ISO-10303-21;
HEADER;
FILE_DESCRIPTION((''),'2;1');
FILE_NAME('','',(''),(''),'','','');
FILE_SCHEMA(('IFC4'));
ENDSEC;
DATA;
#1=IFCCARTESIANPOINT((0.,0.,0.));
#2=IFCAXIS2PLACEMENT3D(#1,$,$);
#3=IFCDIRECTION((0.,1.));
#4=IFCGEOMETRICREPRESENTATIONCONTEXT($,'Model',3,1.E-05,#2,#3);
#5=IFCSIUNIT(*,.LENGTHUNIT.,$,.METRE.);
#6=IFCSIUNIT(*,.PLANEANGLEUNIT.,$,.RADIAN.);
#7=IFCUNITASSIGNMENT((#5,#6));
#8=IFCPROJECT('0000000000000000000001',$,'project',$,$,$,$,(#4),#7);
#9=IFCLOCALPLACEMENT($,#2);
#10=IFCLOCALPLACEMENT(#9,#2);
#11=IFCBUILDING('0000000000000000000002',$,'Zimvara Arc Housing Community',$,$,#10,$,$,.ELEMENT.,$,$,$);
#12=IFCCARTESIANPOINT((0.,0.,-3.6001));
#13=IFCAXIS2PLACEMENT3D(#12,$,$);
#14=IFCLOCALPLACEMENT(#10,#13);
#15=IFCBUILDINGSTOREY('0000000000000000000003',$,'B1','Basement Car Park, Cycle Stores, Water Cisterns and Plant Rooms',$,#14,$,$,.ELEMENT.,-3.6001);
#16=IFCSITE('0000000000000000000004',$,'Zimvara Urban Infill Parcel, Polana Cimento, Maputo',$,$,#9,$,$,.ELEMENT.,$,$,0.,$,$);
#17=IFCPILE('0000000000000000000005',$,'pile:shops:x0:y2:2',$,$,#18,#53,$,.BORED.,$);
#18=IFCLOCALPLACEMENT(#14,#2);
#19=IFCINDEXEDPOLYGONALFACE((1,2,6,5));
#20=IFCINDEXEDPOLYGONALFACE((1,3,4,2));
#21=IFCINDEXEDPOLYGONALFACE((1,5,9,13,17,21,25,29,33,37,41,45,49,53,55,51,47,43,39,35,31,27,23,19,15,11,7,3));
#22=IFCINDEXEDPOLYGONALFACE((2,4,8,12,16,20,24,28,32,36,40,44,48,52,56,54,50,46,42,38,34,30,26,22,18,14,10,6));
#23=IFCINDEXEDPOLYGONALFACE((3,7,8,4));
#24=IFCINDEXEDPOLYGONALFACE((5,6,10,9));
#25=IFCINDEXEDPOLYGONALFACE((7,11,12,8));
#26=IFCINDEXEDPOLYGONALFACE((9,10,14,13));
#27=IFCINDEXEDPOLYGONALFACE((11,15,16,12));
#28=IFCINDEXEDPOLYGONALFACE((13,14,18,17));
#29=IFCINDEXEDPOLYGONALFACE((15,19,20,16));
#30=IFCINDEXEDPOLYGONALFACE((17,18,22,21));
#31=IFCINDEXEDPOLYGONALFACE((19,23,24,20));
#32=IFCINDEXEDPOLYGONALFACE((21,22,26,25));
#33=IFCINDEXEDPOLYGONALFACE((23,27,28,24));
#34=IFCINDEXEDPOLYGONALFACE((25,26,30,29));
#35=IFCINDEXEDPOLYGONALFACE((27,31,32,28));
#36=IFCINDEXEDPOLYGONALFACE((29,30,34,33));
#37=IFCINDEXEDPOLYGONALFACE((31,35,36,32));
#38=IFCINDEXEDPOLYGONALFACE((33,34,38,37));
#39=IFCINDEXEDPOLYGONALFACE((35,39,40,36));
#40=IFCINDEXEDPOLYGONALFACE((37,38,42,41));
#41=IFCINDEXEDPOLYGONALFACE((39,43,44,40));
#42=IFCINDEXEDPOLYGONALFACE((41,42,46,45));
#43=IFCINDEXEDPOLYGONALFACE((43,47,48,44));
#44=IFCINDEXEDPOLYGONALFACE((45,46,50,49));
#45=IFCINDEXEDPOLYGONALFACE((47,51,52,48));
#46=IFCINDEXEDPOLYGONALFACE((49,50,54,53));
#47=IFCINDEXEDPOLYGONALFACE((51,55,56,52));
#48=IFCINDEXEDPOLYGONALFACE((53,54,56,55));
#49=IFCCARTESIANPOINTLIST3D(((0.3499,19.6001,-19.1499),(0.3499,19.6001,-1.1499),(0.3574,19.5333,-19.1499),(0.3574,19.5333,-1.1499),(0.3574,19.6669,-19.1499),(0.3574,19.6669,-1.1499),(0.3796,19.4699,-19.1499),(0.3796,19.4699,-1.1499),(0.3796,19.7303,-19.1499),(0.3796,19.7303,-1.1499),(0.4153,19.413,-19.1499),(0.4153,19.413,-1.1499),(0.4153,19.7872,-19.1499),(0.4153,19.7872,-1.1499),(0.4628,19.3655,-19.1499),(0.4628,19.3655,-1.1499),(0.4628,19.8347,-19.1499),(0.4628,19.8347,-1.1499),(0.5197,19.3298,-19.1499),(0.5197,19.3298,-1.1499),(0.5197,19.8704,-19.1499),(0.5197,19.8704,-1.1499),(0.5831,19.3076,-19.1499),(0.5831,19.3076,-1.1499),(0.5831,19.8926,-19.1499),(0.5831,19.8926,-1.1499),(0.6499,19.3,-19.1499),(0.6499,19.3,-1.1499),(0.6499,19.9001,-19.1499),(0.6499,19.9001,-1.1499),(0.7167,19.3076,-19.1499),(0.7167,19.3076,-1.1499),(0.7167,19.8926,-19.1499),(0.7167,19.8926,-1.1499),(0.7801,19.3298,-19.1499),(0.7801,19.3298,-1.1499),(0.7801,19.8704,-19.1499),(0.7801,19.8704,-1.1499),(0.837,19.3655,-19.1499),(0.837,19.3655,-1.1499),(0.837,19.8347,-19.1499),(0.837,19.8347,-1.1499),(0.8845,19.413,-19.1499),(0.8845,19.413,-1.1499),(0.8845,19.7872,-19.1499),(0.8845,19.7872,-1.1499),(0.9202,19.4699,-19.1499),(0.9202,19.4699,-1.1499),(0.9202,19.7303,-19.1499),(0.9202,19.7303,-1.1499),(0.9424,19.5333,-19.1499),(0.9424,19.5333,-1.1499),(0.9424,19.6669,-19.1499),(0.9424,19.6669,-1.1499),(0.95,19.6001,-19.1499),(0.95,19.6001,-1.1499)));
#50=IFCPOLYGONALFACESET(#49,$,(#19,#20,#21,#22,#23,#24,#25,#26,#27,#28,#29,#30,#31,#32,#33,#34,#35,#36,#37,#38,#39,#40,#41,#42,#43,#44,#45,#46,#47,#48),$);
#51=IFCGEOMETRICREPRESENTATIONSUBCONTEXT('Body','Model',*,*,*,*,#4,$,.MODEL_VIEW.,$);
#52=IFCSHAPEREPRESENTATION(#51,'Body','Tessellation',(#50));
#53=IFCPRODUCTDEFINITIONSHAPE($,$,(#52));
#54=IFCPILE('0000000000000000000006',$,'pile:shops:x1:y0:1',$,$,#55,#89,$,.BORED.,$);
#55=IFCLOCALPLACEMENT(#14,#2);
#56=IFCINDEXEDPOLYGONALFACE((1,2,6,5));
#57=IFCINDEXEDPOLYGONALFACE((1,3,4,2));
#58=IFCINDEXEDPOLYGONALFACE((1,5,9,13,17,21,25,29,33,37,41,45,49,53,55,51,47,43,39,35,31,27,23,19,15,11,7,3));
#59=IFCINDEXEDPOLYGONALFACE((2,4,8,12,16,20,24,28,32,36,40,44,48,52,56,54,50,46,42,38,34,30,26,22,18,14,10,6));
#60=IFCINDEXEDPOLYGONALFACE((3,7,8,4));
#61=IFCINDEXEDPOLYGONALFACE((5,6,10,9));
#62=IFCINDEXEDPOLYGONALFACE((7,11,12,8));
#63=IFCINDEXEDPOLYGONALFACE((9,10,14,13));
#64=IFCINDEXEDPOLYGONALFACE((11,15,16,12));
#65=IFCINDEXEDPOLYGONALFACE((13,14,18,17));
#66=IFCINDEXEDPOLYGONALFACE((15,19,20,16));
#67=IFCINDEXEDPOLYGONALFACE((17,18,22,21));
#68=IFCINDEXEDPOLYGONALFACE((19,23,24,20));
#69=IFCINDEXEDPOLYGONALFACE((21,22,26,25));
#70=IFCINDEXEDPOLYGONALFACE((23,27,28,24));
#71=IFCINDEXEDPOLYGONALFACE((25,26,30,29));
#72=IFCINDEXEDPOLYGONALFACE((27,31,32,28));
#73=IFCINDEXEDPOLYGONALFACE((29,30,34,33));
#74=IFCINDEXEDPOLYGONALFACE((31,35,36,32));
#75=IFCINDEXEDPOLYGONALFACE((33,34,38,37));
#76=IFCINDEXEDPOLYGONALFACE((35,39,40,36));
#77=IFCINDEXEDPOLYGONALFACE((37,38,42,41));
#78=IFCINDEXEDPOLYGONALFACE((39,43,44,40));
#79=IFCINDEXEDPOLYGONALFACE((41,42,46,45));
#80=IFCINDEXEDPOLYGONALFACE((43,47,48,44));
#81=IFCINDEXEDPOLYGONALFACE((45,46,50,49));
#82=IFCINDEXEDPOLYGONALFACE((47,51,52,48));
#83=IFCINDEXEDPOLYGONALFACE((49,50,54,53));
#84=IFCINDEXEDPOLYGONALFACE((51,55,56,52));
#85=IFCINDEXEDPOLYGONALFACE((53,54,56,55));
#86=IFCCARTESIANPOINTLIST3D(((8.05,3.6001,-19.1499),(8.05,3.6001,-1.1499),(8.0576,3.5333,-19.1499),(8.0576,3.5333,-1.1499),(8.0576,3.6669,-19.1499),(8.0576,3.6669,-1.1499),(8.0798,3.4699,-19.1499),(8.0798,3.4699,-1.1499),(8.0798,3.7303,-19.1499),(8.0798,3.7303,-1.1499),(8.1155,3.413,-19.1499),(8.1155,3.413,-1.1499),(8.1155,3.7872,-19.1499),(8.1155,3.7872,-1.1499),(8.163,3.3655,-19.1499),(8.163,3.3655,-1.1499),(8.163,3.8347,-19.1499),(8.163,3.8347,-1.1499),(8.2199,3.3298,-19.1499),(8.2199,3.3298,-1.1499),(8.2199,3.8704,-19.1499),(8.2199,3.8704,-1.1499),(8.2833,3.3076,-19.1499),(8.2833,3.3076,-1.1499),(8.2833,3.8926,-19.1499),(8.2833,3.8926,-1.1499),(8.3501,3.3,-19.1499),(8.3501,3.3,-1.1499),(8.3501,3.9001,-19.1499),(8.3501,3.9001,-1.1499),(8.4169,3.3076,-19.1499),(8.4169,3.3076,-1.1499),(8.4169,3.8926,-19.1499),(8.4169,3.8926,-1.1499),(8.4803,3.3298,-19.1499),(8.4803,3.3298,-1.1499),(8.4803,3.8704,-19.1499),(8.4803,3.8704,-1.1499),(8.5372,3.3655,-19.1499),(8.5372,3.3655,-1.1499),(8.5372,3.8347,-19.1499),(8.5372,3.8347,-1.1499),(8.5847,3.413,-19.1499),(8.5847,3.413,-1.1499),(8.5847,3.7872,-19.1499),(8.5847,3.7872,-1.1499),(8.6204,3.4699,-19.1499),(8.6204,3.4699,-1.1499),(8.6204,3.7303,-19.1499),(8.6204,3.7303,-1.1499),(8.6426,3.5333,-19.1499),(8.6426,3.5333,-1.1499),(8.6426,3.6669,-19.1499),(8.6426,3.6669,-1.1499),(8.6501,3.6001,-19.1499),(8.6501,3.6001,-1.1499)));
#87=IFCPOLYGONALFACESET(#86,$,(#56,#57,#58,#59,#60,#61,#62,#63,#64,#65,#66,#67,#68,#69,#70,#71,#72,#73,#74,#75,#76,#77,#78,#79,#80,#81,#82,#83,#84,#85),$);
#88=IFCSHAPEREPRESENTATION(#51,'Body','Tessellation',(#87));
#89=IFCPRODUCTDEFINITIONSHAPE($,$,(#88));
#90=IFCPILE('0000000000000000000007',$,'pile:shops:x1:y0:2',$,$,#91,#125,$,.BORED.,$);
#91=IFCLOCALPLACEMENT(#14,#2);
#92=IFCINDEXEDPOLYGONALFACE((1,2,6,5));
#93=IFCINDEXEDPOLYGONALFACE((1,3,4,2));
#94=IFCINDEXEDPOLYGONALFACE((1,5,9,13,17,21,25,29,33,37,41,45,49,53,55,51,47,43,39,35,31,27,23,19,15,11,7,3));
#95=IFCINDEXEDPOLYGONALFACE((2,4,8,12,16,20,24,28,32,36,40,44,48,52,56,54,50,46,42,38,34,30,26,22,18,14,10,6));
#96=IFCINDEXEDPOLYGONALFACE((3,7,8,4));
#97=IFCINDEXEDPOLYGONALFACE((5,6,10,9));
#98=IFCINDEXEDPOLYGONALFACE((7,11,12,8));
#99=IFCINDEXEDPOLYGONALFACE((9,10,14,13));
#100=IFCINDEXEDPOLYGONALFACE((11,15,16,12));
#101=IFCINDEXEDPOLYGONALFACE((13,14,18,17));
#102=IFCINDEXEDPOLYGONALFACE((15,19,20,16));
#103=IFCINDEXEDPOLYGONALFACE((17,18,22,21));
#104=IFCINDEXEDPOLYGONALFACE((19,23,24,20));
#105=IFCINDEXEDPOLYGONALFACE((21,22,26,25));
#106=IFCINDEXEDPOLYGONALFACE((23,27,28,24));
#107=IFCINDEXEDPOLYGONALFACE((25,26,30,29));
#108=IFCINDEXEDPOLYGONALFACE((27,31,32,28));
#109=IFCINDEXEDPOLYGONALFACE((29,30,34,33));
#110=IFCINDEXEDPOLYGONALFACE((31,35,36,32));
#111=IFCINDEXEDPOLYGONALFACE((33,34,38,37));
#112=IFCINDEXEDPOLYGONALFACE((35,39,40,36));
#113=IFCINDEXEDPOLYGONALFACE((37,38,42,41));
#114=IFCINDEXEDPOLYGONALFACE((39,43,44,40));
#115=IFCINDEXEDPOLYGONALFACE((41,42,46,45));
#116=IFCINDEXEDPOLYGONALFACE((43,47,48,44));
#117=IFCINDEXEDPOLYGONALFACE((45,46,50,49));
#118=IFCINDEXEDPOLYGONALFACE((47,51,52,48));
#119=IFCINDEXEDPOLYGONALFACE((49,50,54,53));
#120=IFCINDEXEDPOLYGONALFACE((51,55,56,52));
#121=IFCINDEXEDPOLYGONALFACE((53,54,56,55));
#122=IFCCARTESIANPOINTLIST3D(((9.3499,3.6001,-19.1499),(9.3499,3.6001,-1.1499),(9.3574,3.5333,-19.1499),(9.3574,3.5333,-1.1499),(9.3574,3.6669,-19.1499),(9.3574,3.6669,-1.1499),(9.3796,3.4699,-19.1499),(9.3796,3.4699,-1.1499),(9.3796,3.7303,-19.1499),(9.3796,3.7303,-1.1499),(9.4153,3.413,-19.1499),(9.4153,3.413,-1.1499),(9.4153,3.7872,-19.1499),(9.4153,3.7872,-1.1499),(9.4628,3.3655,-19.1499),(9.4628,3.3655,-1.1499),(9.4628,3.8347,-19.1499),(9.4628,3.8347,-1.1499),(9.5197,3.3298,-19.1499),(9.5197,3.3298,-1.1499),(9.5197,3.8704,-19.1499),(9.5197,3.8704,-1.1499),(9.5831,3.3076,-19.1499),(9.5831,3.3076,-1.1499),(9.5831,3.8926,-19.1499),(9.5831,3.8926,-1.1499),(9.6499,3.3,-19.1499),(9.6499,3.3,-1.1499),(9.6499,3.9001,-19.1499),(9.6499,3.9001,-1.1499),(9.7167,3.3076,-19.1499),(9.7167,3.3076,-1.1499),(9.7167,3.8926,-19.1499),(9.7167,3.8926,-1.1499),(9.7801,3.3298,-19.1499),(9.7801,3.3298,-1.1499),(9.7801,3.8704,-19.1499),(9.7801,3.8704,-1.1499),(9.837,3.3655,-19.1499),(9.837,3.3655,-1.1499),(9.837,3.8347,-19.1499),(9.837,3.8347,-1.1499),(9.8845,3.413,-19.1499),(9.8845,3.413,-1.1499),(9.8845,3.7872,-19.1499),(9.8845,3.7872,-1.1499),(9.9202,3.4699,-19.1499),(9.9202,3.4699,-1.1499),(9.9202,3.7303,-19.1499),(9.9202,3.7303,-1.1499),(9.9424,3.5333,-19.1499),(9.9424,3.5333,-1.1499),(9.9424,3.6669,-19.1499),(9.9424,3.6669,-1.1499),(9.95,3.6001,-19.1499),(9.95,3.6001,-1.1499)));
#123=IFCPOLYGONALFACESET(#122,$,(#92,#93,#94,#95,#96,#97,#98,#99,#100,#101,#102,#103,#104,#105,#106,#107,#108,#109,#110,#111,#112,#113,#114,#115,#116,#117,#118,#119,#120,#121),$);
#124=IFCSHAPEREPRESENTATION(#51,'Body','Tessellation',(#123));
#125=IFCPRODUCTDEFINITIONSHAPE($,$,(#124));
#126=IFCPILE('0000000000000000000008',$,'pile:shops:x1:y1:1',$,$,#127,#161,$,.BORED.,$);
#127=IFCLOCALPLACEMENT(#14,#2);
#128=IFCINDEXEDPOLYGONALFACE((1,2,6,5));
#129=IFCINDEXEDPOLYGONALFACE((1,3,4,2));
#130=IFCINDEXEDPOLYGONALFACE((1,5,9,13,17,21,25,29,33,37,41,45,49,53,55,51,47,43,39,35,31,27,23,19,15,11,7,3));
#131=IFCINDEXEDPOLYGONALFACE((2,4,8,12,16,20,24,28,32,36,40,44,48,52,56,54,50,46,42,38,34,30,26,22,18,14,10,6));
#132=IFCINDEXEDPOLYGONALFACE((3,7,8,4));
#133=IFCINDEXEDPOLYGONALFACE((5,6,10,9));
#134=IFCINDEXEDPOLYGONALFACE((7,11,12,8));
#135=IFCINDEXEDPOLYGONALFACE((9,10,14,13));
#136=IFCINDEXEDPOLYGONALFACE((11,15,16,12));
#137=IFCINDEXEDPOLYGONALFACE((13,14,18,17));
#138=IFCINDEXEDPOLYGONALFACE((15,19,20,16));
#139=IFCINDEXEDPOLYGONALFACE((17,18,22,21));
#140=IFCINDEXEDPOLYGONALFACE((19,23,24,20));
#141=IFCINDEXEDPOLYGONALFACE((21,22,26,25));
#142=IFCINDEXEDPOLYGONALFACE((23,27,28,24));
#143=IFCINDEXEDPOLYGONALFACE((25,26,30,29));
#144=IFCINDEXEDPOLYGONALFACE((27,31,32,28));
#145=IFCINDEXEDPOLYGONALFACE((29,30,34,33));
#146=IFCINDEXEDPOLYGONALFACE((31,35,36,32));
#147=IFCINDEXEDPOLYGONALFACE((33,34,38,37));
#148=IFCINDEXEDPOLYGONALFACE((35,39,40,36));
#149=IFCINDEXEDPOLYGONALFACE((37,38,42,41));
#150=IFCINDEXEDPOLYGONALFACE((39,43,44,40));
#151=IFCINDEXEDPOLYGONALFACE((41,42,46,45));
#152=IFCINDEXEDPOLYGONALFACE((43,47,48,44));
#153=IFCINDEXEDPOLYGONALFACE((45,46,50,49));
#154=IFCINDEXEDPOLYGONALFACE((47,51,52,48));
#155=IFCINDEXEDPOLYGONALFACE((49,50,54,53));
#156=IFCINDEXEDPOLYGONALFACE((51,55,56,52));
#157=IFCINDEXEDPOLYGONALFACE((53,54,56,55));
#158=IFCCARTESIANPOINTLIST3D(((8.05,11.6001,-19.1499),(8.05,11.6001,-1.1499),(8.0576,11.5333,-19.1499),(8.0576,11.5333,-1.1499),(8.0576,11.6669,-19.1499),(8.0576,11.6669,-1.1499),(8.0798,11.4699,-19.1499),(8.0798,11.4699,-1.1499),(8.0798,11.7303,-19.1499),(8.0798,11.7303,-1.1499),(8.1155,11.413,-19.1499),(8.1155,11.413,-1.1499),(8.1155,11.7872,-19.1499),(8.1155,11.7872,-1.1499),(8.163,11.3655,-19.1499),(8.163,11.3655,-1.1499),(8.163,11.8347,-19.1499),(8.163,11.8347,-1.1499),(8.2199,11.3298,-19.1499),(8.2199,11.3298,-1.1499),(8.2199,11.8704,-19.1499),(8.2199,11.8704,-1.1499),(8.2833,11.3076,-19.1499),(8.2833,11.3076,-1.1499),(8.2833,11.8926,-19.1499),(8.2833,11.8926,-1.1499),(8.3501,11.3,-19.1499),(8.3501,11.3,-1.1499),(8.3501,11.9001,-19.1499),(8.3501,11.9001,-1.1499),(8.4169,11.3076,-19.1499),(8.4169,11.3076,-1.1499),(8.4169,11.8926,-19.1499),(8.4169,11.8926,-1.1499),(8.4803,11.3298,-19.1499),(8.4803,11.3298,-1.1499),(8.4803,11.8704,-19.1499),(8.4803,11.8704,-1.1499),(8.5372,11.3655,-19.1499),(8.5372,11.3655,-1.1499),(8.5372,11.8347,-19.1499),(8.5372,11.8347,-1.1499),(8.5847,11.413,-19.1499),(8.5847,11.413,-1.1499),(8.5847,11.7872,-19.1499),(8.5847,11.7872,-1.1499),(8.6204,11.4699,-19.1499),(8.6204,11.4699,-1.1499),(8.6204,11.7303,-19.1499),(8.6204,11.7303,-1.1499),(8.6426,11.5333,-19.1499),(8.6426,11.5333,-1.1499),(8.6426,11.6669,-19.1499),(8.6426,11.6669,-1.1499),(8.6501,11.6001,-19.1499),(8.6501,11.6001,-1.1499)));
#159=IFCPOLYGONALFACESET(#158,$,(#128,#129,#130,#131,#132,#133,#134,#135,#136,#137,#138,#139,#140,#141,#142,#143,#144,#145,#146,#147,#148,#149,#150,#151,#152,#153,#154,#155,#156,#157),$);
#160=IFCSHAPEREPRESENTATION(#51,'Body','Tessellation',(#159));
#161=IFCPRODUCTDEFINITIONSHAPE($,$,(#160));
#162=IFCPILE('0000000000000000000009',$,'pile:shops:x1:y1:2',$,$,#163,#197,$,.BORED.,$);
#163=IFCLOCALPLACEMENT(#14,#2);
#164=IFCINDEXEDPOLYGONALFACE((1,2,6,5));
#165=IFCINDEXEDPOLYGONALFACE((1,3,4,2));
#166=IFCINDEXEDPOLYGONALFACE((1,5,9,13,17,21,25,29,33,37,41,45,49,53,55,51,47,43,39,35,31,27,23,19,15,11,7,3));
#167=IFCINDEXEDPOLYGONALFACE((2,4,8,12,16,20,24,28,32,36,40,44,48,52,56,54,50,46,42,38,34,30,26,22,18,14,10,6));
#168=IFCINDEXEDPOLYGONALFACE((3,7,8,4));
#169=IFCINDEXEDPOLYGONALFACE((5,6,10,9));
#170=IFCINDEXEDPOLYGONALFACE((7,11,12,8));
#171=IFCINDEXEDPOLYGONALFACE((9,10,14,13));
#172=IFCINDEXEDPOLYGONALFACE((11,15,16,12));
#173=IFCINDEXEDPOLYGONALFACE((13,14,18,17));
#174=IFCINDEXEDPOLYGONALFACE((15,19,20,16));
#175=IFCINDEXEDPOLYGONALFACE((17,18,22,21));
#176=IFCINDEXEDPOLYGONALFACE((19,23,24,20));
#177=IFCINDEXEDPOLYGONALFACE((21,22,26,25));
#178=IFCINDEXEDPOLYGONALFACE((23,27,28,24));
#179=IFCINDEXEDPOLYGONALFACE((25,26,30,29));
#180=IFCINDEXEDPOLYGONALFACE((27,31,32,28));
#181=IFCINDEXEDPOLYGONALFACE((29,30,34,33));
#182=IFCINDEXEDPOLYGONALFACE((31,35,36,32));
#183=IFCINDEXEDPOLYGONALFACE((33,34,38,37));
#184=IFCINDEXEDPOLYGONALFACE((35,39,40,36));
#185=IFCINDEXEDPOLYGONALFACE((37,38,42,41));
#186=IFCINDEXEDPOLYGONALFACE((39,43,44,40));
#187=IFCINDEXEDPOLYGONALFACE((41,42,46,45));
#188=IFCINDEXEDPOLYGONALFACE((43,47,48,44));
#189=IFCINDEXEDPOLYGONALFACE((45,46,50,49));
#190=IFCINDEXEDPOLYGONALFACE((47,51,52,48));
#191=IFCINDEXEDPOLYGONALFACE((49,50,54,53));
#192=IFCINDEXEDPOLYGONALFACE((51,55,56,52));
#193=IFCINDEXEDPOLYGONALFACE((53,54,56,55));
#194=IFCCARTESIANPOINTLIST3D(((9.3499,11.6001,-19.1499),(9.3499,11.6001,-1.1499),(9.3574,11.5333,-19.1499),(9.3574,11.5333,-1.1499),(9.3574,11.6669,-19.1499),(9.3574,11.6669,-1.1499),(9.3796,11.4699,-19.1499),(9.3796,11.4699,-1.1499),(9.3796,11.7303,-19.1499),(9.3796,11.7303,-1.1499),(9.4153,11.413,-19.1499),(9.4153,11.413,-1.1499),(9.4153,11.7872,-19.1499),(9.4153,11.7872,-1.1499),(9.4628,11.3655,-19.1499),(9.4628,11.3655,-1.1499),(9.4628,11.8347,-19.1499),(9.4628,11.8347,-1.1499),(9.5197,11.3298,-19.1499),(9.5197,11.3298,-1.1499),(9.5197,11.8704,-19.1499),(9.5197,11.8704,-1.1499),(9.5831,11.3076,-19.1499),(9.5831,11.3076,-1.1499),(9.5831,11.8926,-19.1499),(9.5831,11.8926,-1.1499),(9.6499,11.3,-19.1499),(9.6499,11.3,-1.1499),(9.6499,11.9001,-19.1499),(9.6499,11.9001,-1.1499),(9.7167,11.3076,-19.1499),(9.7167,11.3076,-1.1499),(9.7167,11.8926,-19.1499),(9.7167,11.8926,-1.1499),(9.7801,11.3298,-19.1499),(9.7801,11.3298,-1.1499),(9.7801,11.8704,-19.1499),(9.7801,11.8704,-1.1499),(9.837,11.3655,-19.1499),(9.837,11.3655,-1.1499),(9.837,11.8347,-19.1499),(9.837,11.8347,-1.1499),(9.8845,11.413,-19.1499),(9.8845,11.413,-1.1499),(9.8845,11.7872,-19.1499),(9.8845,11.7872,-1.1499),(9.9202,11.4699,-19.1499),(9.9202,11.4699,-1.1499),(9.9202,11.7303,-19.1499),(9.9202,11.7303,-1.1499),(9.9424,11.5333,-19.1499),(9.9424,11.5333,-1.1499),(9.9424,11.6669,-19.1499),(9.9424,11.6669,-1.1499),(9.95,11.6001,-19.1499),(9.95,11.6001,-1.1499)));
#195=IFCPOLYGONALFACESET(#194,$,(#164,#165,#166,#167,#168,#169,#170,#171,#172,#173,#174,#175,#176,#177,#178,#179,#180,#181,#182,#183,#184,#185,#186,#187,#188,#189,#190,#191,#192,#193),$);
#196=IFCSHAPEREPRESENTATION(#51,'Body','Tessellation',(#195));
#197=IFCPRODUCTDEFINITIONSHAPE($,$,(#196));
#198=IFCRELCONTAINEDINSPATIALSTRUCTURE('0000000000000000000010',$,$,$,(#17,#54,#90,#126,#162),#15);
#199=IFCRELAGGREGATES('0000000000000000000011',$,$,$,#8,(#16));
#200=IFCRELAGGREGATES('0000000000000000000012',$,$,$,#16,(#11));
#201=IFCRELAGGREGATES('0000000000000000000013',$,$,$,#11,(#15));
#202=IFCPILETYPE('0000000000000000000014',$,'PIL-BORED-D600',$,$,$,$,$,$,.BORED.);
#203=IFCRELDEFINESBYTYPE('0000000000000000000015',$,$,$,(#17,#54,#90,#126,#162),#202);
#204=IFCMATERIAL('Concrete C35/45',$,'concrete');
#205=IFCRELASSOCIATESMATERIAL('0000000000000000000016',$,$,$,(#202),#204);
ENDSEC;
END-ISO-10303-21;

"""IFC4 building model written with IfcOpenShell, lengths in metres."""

from ifc_helpers import new_model, si_unit, direction, frame, origin, origin_2d, place, context, subcontext, project, spatial, circle, extrude, material, material_profile, profile_set, type_object, element, save


model = new_model("IFC4")

# Units and contexts
model_context = context("Model", 3, precision=1e-05, world=origin(), true_north=direction((0.0, 1.0)))
body_context = subcontext(model_context, "Body", "Model", "MODEL_VIEW")
ifc_project = project(units=[si_unit("LENGTHUNIT", "METRE"), si_unit("PLANEANGLEUNIT", "RADIAN")], contexts=[model_context])

# Site, building, storey
site_placement = place(None, origin())
site = spatial("IfcSite", under=ifc_project, at=site_placement, Name="Zimvara Urban Infill Parcel, Polana Cimento, Maputo", CompositionType="ELEMENT", RefElevation=0.0)
building_placement = place(site_placement, origin())
building = spatial("IfcBuilding", under=site, at=building_placement, Name="Zimvara Arc Housing Community", CompositionType="ELEMENT")
storey_placement = place(building_placement, frame((0.0, 0.0, -3.6001)))
storey = spatial("IfcBuildingStorey", under=building, at=storey_placement, Name="B1", Description="Basement Car Park, Cycle Stores, Water Cisterns and Plant Rooms", CompositionType="ELEMENT", Elevation=-3.6001)

# Piles
ifc_material_1 = material(Name="Concrete C35/45", Category="concrete")
ifc_material_profile_1 = material_profile(ifc_material_1, circle(Radius=0.3, at=origin_2d()), Name="PILE D600")
ifc_profile_set_1 = profile_set([ifc_material_profile_1], Name="Concrete C35/45")
pile_type = type_object("IfcPileType", Name="PIL-BORED-D600", PredefinedType="BORED", material=ifc_profile_set_1)
for number, where, z_axis, x_axis, name in (
    (1, (0.6499, 19.6001, -1.1499), (0.0, 0.0, -1.0), (1.0, 0.0, 0.0), "pile:shops:x0:y2:2"),
    (2, (8.3501, 3.6001, -1.1499), (0.0, 0.0, -1.0), (1.0, 0.0, 0.0), "pile:shops:x1:y0:1"),
    (3, (9.6499, 3.6001, -1.1499), (0.0, 0.0, -1.0), (1.0, 0.0, 0.0), "pile:shops:x1:y0:2"),
    (4, (8.3501, 11.6001, -1.1499), (0.0, 0.0, -1.0), (1.0, 0.0, 0.0), "pile:shops:x1:y1:1"),
    (5, (9.6499, 11.6001, -1.1499), (0.0, 0.0, -1.0), (1.0, 0.0, 0.0), "pile:shops:x1:y1:2"),
):
    element("IfcPile", number, at=place(storey_placement, frame(where, z_axis=z_axis, x_axis=x_axis)), inside=storey, type_object=pile_type, Name=name, PredefinedType="BORED", context=body_context, shape_type="SweptSolid", body=[
        extrude(circle(Radius=0.3, at=origin_2d()), origin(), (0.0, 0.0, 1.0), 18.0),
    ])

save(model, "model.ifc")
